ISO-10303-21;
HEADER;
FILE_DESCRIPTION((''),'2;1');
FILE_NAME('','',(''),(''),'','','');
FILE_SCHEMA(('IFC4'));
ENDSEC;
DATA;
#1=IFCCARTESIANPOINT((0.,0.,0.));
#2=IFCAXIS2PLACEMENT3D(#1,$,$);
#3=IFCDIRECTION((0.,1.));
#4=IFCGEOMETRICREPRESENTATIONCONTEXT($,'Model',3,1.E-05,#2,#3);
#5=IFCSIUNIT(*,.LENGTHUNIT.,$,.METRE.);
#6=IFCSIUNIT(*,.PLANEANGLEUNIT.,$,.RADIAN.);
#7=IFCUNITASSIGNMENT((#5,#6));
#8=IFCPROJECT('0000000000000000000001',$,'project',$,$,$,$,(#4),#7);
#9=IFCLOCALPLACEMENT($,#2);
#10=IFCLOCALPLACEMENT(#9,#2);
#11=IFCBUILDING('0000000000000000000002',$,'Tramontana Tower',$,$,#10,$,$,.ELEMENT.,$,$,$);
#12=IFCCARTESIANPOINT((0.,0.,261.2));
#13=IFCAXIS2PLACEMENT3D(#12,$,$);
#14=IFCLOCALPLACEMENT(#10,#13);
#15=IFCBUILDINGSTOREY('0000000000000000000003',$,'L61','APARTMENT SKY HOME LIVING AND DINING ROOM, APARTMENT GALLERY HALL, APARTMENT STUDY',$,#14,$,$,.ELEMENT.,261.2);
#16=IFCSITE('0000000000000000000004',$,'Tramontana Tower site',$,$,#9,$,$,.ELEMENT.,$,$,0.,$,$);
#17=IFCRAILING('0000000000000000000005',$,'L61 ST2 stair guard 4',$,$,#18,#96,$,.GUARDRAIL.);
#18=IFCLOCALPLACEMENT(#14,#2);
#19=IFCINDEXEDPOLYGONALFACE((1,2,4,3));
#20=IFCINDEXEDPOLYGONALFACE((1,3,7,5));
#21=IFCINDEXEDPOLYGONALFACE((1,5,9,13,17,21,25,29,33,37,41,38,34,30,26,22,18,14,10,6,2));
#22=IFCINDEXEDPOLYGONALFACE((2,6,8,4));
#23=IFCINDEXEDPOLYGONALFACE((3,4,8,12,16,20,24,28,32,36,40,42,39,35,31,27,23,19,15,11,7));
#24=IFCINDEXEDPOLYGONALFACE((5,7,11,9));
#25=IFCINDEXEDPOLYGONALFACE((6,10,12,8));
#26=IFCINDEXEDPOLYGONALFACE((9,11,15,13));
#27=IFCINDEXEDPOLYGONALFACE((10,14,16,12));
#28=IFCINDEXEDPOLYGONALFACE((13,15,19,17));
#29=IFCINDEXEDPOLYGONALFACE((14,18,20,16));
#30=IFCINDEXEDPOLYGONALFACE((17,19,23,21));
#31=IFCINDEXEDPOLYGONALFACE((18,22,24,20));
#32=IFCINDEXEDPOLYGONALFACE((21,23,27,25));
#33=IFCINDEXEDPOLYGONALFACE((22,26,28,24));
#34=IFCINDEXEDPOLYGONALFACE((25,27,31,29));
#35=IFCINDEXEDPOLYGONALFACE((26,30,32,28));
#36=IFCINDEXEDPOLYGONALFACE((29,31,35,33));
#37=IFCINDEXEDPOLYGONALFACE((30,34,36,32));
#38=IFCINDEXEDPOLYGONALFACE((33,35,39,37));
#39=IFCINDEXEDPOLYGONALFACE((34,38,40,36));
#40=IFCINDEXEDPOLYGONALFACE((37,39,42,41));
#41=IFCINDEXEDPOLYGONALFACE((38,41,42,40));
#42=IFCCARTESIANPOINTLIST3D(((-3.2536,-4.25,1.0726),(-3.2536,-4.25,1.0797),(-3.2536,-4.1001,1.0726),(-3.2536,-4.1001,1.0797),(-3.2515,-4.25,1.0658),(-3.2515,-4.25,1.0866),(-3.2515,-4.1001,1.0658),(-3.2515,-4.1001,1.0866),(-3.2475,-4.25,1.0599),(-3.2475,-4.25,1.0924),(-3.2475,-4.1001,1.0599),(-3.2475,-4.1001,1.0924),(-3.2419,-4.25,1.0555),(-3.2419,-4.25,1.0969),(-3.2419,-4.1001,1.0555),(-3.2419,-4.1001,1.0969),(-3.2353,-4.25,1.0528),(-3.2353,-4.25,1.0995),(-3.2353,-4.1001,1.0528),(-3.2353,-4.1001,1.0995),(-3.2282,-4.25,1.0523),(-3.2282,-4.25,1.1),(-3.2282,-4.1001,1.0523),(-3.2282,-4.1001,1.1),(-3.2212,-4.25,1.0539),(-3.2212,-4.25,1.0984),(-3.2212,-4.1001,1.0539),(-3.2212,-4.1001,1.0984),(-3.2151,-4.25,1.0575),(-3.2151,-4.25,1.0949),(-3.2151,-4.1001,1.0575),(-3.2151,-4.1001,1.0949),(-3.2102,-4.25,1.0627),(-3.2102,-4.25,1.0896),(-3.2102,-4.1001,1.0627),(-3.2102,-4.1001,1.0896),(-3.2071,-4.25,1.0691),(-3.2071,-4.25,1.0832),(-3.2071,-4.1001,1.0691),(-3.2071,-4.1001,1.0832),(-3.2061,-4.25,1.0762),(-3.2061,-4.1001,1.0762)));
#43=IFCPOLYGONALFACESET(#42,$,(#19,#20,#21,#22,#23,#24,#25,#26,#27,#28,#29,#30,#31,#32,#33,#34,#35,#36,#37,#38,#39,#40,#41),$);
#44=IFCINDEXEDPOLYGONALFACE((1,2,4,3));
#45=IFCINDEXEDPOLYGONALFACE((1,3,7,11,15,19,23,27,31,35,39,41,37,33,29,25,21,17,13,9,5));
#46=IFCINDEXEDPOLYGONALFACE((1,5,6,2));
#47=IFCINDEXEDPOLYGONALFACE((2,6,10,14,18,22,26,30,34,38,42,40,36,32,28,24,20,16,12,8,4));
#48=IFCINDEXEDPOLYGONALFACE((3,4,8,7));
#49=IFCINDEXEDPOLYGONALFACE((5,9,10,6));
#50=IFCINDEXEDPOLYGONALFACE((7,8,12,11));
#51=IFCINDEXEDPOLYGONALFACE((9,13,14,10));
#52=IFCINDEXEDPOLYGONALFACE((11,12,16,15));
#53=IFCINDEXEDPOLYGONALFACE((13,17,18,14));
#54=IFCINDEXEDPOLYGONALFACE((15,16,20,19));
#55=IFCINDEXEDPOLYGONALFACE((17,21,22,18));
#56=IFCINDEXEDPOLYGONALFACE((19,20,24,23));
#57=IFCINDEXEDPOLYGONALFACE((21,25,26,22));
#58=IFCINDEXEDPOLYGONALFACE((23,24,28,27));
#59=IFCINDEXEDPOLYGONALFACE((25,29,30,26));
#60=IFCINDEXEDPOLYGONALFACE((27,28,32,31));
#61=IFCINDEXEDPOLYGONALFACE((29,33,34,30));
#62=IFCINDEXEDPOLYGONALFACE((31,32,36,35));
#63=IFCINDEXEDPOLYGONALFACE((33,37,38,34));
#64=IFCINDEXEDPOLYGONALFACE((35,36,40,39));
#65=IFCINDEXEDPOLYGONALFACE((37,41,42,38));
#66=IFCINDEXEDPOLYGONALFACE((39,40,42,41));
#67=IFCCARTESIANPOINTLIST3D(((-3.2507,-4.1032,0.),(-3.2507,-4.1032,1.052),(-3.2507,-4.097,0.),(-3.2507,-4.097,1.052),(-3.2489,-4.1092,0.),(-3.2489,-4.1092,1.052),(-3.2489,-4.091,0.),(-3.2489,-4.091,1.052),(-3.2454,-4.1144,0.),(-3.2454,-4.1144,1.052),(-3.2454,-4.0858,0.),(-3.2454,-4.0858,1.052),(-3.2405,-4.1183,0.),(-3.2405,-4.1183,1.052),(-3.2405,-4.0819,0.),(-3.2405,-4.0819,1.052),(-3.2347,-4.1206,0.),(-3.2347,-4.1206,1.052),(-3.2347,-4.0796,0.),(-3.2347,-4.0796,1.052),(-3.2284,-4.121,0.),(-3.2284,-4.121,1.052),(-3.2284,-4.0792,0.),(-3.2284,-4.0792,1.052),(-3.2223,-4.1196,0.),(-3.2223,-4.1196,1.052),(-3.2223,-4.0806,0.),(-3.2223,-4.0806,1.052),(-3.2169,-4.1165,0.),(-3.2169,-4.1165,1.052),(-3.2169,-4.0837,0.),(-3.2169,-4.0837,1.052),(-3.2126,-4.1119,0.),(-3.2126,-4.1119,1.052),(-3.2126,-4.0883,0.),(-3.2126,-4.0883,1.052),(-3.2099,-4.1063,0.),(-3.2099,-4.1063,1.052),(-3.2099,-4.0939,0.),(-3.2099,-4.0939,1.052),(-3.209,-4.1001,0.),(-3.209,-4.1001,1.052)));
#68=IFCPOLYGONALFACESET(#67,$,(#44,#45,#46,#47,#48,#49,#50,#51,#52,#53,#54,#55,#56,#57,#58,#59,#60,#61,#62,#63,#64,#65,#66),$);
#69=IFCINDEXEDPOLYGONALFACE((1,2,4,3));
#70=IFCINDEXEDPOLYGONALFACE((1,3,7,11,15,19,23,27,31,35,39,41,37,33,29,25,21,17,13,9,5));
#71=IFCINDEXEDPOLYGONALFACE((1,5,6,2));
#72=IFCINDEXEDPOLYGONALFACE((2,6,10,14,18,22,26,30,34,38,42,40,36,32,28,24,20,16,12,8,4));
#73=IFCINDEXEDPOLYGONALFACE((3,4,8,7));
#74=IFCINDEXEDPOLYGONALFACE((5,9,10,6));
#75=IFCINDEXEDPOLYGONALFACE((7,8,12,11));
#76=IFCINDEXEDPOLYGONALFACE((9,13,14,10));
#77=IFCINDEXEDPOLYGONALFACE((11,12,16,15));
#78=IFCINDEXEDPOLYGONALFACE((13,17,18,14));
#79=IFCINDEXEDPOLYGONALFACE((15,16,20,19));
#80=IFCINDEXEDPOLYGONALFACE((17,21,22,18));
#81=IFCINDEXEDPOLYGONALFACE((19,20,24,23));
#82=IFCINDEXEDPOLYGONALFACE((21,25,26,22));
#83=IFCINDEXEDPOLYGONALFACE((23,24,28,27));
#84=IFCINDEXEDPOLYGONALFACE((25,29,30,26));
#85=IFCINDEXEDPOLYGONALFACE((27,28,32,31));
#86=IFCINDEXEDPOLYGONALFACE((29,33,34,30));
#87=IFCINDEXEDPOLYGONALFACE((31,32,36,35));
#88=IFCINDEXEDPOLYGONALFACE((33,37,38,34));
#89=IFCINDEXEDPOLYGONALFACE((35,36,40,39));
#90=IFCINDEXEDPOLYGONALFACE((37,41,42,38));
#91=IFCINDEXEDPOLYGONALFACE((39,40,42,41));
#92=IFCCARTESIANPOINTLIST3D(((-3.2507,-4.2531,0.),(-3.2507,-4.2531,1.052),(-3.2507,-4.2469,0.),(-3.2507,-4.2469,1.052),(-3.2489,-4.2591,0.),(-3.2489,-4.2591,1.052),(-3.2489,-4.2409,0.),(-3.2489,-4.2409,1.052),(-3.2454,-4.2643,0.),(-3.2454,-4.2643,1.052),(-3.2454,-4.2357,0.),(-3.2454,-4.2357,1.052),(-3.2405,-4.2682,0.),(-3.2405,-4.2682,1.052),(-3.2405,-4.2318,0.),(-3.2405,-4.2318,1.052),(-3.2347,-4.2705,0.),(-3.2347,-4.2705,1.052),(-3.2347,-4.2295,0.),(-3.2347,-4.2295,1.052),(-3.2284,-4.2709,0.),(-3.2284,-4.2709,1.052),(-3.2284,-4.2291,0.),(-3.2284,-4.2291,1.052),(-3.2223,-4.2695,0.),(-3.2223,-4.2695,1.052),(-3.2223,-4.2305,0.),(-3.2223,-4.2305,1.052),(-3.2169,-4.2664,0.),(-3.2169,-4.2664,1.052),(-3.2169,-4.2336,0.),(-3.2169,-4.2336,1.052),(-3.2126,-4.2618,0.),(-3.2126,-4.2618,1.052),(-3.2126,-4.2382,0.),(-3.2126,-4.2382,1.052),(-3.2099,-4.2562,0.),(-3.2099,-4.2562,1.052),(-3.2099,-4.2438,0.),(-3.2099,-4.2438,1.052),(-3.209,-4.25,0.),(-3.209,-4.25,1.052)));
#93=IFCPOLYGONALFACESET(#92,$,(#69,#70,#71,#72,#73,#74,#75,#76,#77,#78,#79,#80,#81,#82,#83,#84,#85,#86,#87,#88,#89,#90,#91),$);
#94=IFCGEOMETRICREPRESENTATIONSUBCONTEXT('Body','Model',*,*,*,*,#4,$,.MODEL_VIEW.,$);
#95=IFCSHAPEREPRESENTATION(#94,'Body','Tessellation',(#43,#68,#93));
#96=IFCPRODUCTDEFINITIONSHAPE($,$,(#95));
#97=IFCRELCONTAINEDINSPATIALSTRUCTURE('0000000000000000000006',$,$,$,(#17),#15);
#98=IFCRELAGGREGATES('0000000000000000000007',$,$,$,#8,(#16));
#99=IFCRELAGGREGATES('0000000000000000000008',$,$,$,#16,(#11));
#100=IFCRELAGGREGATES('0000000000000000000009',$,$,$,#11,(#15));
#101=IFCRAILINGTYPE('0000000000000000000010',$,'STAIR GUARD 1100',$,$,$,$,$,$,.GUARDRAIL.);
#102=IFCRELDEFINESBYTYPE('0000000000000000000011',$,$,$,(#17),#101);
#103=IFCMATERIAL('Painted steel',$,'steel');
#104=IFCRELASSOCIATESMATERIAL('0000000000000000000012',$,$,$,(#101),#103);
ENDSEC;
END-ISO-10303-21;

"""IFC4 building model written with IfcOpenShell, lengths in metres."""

from ifc_helpers import new_model, si_unit, direction, frame, origin, origin_2d, place, context, subcontext, project, spatial, circle, extrude, material, type_object, element, save


model = new_model("IFC4")

# Units and contexts
model_context = context("Model", 3, precision=1e-05, world=origin(), true_north=direction((0.0, 1.0)))
body_context = subcontext(model_context, "Body", "Model", "MODEL_VIEW")
ifc_project = project(units=[si_unit("LENGTHUNIT", "METRE"), si_unit("PLANEANGLEUNIT", "RADIAN")], contexts=[model_context])

# Site, building, storey
site_placement = place(None, origin())
site = spatial("IfcSite", under=ifc_project, at=site_placement, Name="Tramontana Tower site", CompositionType="ELEMENT", RefElevation=0.0)
building_placement = place(site_placement, origin())
building = spatial("IfcBuilding", under=site, at=building_placement, Name="Tramontana Tower", CompositionType="ELEMENT")
storey_placement = place(building_placement, frame((0.0, 0.0, 261.2)))
storey = spatial("IfcBuildingStorey", under=building, at=storey_placement, Name="L61", Description="APARTMENT SKY HOME LIVING AND DINING ROOM, APARTMENT GALLERY HALL, APARTMENT STUDY", CompositionType="ELEMENT", Elevation=261.2)

# Railing
ifc_material_1 = material(Name="Painted steel", Category="steel")
railing_type_1 = type_object("IfcRailingType", Name="STAIR GUARD 1100", PredefinedType="GUARDRAIL", material=ifc_material_1)
railing_1_placement = place(storey_placement, frame((-3.23, -4.1001, 0.0)))
element("IfcRailing", 1, at=railing_1_placement, inside=storey, type_object=railing_type_1, Name="L61 ST2 stair guard 4", PredefinedType="GUARDRAIL", context=body_context, shape_type="SweptSolid", body=[
    extrude(circle(Radius=0.0239, at=origin_2d()), frame((0.0, 0.0, 1.0762), z_axis=(0.0, -1.0, 0.0), x_axis=(1.0, 0.0, 0.0)), (0.0, 0.0, 1.0), 0.1499),
    extrude(circle(Radius=0.021, at=origin_2d()), origin(), (0.0, 0.0, 1.0), 1.052),
    extrude(circle(Radius=0.021, at=origin_2d()), frame((0.0, -0.1499, 0.0)), (0.0, 0.0, 1.0), 1.052),
])

save(model, "model.ifc")
